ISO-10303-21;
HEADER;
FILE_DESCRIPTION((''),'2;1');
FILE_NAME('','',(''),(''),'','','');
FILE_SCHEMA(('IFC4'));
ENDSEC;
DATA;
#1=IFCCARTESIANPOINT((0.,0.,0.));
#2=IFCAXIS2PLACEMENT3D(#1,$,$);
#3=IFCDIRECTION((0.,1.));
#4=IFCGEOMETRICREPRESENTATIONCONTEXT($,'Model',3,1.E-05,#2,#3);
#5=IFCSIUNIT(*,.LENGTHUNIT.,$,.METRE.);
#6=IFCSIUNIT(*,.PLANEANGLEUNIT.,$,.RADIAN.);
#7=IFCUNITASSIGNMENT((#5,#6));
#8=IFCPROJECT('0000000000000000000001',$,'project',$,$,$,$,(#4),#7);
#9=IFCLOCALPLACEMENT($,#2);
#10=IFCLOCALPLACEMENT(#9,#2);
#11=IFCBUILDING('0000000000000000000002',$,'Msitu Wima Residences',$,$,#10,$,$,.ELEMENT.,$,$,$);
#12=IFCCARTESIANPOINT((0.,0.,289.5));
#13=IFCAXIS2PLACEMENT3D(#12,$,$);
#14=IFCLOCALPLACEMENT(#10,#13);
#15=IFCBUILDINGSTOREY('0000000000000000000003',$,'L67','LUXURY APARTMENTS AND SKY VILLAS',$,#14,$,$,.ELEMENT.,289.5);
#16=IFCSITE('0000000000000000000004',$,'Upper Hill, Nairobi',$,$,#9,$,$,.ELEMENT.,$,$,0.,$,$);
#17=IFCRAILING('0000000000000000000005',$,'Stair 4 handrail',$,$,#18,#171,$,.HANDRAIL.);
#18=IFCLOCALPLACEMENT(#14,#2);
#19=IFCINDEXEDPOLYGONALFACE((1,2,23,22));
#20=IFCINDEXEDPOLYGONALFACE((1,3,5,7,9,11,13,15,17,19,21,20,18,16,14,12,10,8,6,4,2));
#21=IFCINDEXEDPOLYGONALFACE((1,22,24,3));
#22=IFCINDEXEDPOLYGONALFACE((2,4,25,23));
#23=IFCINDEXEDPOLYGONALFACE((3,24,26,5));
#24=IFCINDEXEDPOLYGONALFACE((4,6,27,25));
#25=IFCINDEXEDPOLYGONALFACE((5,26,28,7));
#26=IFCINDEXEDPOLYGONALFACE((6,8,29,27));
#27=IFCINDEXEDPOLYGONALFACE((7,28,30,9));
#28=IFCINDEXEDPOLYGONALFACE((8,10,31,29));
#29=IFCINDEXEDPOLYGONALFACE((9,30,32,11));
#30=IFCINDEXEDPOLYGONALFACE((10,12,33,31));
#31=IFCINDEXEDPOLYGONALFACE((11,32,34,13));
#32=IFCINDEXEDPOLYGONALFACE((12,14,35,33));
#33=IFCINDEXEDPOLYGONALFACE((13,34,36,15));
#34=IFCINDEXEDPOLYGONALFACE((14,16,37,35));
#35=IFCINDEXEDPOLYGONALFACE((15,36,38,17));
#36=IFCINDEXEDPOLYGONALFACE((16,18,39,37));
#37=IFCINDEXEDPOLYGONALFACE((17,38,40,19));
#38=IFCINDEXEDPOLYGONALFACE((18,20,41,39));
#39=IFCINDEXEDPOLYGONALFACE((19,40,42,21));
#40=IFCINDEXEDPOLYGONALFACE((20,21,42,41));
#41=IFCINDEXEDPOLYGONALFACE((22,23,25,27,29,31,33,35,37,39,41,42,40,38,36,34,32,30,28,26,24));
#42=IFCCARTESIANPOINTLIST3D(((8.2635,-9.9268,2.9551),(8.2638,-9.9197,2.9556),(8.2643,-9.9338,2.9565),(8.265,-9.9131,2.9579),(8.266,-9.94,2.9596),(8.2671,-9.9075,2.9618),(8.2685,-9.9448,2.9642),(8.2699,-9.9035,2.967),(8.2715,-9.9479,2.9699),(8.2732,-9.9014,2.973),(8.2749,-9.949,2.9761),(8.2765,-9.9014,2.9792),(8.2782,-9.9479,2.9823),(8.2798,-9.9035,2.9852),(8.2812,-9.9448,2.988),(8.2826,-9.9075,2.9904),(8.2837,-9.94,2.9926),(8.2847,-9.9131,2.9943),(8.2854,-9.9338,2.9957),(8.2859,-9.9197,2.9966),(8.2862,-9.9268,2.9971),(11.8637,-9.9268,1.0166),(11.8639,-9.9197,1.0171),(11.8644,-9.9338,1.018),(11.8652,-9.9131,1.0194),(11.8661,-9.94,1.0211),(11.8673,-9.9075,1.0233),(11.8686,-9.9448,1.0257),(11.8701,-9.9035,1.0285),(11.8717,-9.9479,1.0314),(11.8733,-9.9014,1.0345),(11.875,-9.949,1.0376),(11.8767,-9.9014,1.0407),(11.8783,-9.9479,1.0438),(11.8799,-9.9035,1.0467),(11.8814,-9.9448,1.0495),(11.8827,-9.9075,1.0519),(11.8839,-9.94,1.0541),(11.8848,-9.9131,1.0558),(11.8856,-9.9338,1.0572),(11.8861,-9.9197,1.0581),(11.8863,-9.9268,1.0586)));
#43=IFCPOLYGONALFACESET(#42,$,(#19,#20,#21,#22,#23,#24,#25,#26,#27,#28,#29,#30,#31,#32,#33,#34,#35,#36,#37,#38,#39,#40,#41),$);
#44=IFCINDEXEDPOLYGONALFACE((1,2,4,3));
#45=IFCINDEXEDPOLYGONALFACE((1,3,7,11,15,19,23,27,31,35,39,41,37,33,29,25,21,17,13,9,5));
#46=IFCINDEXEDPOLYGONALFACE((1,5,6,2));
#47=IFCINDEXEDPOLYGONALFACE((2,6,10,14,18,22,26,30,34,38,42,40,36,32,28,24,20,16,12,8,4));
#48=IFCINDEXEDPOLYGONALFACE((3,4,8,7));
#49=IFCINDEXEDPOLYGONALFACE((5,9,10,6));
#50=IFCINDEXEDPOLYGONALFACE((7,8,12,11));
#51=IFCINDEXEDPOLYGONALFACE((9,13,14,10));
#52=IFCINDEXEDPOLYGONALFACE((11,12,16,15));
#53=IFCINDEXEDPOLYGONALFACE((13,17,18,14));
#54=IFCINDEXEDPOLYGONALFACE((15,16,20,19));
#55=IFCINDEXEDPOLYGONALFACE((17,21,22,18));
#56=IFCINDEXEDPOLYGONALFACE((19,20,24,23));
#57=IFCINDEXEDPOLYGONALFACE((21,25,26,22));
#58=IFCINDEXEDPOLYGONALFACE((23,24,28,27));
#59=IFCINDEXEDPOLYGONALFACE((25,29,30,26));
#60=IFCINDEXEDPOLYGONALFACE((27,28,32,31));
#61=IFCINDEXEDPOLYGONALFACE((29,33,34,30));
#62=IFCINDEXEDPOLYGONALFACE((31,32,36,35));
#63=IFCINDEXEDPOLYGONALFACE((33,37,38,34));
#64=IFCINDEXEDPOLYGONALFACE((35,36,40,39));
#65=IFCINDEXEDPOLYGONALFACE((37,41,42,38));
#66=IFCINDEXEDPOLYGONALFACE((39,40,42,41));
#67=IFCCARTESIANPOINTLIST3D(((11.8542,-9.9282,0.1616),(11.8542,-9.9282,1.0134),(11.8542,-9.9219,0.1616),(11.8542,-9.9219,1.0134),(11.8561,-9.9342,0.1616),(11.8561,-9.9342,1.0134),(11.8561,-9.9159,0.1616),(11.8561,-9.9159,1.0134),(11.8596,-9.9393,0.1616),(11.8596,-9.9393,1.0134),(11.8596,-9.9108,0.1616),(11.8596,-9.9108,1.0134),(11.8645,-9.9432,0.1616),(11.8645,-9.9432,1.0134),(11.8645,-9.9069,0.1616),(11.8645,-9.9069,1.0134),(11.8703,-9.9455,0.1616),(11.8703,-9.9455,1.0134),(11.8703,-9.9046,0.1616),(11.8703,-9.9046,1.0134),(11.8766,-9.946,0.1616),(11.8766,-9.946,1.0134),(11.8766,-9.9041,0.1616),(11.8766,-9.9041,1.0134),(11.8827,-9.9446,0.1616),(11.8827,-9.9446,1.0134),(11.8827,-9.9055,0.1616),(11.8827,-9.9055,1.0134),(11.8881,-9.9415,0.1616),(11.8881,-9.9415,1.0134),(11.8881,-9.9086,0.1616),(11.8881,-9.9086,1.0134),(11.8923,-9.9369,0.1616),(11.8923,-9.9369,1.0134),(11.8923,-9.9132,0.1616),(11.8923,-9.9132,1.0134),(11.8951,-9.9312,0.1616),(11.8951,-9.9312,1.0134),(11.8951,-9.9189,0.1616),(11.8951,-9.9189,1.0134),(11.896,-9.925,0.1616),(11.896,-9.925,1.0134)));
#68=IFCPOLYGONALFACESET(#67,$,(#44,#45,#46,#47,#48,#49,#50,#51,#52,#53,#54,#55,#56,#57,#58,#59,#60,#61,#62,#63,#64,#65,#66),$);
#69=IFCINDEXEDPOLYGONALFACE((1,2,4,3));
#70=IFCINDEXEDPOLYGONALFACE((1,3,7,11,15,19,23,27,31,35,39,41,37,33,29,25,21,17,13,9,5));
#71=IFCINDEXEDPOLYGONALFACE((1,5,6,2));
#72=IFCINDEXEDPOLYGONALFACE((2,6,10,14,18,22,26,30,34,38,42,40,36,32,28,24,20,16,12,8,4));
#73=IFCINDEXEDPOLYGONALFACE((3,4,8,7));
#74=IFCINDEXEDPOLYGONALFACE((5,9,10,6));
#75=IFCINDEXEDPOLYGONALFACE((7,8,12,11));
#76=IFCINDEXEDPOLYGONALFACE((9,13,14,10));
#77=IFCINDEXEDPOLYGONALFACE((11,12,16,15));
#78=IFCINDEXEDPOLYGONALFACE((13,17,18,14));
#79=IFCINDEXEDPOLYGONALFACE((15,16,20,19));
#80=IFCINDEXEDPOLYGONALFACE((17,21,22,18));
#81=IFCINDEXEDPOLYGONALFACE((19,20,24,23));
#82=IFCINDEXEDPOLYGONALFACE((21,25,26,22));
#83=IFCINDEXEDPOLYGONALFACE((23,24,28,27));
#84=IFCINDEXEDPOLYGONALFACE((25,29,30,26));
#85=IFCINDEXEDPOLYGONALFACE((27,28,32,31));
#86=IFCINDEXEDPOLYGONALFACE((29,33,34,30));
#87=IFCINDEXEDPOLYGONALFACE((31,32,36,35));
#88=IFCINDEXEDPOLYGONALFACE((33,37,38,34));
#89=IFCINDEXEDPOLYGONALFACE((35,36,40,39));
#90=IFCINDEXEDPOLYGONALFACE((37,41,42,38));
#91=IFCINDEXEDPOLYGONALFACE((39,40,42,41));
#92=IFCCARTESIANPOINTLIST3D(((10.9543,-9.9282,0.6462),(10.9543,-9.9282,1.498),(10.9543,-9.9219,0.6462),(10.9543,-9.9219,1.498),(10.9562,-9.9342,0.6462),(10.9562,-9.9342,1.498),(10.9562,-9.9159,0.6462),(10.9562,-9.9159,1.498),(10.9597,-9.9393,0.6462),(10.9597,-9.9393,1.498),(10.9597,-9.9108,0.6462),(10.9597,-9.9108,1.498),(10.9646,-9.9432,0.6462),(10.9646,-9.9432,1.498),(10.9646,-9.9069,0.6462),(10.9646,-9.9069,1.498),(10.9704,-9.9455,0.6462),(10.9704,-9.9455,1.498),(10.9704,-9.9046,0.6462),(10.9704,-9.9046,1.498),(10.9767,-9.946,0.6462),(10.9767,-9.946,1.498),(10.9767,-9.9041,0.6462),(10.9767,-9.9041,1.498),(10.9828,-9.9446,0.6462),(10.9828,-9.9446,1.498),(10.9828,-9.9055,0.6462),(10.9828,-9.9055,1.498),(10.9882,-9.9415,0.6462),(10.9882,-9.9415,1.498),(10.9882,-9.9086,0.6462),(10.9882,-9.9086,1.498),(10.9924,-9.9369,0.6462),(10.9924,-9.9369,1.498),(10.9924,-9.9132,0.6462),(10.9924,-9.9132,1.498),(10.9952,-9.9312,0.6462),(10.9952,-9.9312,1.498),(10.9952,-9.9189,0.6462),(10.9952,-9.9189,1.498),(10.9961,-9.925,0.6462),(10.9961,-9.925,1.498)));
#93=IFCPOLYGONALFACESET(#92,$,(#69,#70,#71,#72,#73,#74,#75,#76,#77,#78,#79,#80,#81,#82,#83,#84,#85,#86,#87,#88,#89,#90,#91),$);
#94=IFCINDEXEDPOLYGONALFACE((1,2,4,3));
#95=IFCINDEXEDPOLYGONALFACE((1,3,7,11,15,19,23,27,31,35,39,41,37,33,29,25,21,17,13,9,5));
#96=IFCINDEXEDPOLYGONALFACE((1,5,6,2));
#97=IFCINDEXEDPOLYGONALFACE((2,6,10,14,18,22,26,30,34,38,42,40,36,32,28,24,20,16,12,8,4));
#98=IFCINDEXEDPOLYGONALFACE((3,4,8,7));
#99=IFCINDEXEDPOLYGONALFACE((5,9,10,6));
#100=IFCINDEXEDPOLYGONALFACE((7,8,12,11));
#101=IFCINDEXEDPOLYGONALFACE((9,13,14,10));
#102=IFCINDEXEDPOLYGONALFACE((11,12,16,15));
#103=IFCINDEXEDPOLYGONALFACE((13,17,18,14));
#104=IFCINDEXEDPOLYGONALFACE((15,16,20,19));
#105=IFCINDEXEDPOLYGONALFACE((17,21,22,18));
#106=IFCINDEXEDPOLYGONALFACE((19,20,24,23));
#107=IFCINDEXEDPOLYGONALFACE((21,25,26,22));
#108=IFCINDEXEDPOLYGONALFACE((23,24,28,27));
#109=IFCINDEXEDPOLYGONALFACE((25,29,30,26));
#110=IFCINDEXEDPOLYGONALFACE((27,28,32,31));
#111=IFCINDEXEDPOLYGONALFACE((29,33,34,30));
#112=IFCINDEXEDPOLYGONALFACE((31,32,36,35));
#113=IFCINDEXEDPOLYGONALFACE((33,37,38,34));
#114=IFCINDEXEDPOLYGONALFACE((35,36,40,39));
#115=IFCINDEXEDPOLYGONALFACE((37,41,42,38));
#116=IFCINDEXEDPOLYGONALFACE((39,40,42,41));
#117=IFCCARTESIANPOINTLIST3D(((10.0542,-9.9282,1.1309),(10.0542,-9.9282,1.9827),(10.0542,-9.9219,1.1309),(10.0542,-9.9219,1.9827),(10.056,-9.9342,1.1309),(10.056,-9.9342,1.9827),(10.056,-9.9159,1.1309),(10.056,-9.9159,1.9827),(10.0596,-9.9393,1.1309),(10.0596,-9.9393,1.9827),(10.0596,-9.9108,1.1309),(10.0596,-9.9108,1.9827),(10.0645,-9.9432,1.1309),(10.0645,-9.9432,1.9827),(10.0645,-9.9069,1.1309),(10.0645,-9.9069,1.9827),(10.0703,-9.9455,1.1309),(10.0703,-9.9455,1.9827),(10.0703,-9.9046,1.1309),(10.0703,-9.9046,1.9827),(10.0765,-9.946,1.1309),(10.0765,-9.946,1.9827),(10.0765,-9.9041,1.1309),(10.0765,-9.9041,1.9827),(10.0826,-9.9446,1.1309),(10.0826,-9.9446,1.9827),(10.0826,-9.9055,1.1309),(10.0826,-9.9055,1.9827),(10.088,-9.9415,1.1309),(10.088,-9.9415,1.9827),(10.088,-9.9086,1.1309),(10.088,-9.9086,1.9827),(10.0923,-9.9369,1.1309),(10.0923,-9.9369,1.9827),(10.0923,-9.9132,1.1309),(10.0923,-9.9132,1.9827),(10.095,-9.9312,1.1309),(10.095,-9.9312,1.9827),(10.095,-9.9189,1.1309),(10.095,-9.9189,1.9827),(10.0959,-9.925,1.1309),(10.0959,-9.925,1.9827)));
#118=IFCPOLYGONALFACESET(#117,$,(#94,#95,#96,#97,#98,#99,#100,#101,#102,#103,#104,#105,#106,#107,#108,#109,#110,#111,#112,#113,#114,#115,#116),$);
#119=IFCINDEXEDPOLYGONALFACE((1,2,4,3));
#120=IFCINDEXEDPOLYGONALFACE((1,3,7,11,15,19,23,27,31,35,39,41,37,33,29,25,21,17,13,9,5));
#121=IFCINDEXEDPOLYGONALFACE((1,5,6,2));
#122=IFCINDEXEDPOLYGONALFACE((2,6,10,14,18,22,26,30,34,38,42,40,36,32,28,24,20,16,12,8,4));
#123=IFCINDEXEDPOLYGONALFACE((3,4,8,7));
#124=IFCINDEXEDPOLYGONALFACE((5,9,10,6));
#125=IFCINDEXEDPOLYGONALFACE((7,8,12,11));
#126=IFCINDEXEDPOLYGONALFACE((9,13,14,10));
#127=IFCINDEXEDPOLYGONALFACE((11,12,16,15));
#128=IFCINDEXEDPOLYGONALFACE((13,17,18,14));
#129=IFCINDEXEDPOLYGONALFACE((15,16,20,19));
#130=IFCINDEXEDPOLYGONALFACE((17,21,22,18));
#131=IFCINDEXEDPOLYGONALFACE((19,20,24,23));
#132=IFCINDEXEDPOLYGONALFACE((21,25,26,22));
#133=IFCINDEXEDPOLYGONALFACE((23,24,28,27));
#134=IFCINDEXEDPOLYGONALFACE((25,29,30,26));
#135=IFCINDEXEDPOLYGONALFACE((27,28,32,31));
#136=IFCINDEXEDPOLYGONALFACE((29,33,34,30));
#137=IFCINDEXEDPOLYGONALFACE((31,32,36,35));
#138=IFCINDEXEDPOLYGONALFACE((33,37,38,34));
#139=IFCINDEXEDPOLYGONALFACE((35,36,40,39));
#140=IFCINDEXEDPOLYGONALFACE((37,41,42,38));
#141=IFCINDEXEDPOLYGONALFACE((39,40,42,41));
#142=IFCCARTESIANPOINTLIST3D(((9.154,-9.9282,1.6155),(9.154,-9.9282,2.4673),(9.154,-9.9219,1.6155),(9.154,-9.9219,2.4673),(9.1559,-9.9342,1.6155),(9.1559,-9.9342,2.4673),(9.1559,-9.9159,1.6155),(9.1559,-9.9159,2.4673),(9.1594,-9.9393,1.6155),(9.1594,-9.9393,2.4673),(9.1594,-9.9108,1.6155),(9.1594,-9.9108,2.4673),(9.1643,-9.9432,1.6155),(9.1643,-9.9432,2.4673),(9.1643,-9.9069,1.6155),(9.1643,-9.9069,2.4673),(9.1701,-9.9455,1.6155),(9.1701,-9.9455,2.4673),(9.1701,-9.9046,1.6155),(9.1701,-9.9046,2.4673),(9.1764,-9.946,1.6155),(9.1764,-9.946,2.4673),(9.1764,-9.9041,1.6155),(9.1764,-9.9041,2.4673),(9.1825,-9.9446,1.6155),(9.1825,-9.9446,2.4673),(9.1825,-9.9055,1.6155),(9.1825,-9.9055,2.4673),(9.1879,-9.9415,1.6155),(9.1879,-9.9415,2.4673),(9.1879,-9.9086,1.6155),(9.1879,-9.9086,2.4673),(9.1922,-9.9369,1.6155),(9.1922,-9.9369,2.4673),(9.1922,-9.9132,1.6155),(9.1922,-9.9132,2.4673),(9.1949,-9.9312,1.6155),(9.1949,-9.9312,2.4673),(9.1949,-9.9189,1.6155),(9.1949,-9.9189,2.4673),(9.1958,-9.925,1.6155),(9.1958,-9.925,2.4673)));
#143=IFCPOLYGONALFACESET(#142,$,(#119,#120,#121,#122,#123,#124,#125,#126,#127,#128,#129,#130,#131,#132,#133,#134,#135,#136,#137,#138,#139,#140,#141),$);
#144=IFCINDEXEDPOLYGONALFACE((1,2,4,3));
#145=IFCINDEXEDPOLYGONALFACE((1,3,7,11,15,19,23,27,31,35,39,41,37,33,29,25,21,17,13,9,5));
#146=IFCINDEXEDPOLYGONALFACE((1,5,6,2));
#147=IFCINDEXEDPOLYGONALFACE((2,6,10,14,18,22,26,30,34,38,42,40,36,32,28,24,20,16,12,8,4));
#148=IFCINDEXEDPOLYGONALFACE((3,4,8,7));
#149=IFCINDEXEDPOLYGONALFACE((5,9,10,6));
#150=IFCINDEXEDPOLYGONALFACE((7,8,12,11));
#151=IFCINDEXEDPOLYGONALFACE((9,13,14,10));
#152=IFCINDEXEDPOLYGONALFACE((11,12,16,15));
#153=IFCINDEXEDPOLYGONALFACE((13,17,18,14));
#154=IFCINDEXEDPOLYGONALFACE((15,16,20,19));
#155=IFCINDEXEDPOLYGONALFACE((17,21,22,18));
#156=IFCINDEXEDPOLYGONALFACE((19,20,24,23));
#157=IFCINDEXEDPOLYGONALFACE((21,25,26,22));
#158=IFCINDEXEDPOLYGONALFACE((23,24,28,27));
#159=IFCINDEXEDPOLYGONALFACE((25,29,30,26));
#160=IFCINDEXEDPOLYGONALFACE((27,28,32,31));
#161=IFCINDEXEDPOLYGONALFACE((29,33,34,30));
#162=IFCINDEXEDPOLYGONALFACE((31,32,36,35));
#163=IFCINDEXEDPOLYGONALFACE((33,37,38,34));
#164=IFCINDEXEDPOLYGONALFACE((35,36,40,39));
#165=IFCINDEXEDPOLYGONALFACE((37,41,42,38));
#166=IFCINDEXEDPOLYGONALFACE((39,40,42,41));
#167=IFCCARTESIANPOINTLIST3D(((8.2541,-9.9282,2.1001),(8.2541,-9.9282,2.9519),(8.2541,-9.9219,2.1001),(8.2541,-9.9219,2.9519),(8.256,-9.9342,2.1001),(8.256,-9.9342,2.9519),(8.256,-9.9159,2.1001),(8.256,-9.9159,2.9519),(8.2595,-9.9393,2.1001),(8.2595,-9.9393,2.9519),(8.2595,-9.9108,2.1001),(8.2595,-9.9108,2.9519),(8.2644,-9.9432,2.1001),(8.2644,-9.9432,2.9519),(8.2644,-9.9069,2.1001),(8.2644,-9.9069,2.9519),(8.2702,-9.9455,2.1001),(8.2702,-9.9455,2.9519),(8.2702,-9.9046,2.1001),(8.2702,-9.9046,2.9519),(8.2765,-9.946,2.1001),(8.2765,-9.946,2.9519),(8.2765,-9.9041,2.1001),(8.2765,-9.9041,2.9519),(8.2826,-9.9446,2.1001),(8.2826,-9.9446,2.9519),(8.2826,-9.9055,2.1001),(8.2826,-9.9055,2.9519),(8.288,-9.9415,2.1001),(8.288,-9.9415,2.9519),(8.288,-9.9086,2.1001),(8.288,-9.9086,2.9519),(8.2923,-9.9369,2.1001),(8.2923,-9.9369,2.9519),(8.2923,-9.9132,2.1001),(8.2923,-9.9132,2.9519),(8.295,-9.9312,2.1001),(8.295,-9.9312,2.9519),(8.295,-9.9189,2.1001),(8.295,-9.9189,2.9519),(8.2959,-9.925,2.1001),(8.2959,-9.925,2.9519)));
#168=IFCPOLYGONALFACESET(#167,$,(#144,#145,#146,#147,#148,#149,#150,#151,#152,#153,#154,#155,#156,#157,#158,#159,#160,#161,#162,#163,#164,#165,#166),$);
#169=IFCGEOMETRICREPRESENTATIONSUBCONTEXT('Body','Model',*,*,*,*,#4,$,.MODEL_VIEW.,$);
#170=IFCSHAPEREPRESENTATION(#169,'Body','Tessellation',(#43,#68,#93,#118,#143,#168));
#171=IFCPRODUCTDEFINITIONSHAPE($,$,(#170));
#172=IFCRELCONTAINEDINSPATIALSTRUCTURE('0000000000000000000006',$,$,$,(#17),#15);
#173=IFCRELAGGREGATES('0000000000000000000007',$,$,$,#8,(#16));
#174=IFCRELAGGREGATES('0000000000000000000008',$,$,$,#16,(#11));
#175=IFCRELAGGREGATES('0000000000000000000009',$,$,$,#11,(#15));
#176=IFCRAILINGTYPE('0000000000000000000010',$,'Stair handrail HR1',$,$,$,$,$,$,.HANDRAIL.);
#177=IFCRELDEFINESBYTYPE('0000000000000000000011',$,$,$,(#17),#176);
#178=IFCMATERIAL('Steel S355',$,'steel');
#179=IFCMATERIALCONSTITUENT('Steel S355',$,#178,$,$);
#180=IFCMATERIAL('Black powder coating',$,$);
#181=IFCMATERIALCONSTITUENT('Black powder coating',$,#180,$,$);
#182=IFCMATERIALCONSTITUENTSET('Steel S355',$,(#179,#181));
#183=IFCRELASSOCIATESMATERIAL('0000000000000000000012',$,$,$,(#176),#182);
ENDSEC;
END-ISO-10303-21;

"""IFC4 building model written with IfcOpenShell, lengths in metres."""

from ifc_helpers import new_model, si_unit, direction, frame, origin, origin_2d, place, context, subcontext, project, spatial, circle, extrude, material, constituent, constituent_set, type_object, element, save


model = new_model("IFC4")

# Units and contexts
model_context = context("Model", 3, precision=1e-05, world=origin(), true_north=direction((0.0, 1.0)))
body_context = subcontext(model_context, "Body", "Model", "MODEL_VIEW")
ifc_project = project(units=[si_unit("LENGTHUNIT", "METRE"), si_unit("PLANEANGLEUNIT", "RADIAN")], contexts=[model_context])

# Site, building, storey
site_placement = place(None, origin())
site = spatial("IfcSite", under=ifc_project, at=site_placement, Name="Upper Hill, Nairobi", CompositionType="ELEMENT", RefElevation=0.0)
building_placement = place(site_placement, origin())
building = spatial("IfcBuilding", under=site, at=building_placement, Name="Msitu Wima Residences", CompositionType="ELEMENT")
storey_placement = place(building_placement, frame((0.0, 0.0, 289.5)))
storey = spatial("IfcBuildingStorey", under=building, at=storey_placement, Name="L67", Description="LUXURY APARTMENTS AND SKY VILLAS", CompositionType="ELEMENT", Elevation=289.5)

# Railing
ifc_material_1 = material(Name="Steel S355", Category="steel")
ifc_constituent_1 = constituent(ifc_material_1, Name="Steel S355")
ifc_material_2 = material(Name="Black powder coating")
ifc_constituent_2 = constituent(ifc_material_2, Name="Black powder coating")
ifc_constituent_set = constituent_set(constituents=[ifc_constituent_1, ifc_constituent_2], Name="Steel S355")
railing_type = type_object("IfcRailingType", Name="Stair handrail HR1", PredefinedType="HANDRAIL", material=ifc_constituent_set)
for number, where, name in (
    (1, (11.875, -9.925, 0.1616), "Stair 4 handrail"),
):
    element("IfcRailing", number, at=place(storey_placement, frame(where)), inside=storey, type_object=railing_type, Name=name, PredefinedType="HANDRAIL", context=body_context, shape_type="SweptSolid", body=[
        extrude(circle(Radius=0.0239, at=origin_2d()), frame((0.0, 0.0, 0.876), z_axis=(-0.880475, 0.0, 0.474093), x_axis=(0.0, -1.0, 0.0)), (0.0, 0.0, 1.0), 4.0889),
        extrude(circle(Radius=0.021, at=origin_2d()), origin(), (0.0, 0.0, 1.0), 0.8518),
        extrude(circle(Radius=0.021, at=origin_2d()), frame((-0.8999, 0.0, 0.4846)), (0.0, 0.0, 1.0), 0.8518),
        extrude(circle(Radius=0.021, at=origin_2d()), frame((-1.8, 0.0, 0.9692)), (0.0, 0.0, 1.0), 0.8518),
        extrude(circle(Radius=0.021, at=origin_2d()), frame((-2.7002, 0.0, 1.4539)), (0.0, 0.0, 1.0), 0.8518),
        extrude(circle(Radius=0.021, at=origin_2d()), frame((-3.6001, 0.0, 1.9385)), (0.0, 0.0, 1.0), 0.8518),
    ])

save(model, "model.ifc")
